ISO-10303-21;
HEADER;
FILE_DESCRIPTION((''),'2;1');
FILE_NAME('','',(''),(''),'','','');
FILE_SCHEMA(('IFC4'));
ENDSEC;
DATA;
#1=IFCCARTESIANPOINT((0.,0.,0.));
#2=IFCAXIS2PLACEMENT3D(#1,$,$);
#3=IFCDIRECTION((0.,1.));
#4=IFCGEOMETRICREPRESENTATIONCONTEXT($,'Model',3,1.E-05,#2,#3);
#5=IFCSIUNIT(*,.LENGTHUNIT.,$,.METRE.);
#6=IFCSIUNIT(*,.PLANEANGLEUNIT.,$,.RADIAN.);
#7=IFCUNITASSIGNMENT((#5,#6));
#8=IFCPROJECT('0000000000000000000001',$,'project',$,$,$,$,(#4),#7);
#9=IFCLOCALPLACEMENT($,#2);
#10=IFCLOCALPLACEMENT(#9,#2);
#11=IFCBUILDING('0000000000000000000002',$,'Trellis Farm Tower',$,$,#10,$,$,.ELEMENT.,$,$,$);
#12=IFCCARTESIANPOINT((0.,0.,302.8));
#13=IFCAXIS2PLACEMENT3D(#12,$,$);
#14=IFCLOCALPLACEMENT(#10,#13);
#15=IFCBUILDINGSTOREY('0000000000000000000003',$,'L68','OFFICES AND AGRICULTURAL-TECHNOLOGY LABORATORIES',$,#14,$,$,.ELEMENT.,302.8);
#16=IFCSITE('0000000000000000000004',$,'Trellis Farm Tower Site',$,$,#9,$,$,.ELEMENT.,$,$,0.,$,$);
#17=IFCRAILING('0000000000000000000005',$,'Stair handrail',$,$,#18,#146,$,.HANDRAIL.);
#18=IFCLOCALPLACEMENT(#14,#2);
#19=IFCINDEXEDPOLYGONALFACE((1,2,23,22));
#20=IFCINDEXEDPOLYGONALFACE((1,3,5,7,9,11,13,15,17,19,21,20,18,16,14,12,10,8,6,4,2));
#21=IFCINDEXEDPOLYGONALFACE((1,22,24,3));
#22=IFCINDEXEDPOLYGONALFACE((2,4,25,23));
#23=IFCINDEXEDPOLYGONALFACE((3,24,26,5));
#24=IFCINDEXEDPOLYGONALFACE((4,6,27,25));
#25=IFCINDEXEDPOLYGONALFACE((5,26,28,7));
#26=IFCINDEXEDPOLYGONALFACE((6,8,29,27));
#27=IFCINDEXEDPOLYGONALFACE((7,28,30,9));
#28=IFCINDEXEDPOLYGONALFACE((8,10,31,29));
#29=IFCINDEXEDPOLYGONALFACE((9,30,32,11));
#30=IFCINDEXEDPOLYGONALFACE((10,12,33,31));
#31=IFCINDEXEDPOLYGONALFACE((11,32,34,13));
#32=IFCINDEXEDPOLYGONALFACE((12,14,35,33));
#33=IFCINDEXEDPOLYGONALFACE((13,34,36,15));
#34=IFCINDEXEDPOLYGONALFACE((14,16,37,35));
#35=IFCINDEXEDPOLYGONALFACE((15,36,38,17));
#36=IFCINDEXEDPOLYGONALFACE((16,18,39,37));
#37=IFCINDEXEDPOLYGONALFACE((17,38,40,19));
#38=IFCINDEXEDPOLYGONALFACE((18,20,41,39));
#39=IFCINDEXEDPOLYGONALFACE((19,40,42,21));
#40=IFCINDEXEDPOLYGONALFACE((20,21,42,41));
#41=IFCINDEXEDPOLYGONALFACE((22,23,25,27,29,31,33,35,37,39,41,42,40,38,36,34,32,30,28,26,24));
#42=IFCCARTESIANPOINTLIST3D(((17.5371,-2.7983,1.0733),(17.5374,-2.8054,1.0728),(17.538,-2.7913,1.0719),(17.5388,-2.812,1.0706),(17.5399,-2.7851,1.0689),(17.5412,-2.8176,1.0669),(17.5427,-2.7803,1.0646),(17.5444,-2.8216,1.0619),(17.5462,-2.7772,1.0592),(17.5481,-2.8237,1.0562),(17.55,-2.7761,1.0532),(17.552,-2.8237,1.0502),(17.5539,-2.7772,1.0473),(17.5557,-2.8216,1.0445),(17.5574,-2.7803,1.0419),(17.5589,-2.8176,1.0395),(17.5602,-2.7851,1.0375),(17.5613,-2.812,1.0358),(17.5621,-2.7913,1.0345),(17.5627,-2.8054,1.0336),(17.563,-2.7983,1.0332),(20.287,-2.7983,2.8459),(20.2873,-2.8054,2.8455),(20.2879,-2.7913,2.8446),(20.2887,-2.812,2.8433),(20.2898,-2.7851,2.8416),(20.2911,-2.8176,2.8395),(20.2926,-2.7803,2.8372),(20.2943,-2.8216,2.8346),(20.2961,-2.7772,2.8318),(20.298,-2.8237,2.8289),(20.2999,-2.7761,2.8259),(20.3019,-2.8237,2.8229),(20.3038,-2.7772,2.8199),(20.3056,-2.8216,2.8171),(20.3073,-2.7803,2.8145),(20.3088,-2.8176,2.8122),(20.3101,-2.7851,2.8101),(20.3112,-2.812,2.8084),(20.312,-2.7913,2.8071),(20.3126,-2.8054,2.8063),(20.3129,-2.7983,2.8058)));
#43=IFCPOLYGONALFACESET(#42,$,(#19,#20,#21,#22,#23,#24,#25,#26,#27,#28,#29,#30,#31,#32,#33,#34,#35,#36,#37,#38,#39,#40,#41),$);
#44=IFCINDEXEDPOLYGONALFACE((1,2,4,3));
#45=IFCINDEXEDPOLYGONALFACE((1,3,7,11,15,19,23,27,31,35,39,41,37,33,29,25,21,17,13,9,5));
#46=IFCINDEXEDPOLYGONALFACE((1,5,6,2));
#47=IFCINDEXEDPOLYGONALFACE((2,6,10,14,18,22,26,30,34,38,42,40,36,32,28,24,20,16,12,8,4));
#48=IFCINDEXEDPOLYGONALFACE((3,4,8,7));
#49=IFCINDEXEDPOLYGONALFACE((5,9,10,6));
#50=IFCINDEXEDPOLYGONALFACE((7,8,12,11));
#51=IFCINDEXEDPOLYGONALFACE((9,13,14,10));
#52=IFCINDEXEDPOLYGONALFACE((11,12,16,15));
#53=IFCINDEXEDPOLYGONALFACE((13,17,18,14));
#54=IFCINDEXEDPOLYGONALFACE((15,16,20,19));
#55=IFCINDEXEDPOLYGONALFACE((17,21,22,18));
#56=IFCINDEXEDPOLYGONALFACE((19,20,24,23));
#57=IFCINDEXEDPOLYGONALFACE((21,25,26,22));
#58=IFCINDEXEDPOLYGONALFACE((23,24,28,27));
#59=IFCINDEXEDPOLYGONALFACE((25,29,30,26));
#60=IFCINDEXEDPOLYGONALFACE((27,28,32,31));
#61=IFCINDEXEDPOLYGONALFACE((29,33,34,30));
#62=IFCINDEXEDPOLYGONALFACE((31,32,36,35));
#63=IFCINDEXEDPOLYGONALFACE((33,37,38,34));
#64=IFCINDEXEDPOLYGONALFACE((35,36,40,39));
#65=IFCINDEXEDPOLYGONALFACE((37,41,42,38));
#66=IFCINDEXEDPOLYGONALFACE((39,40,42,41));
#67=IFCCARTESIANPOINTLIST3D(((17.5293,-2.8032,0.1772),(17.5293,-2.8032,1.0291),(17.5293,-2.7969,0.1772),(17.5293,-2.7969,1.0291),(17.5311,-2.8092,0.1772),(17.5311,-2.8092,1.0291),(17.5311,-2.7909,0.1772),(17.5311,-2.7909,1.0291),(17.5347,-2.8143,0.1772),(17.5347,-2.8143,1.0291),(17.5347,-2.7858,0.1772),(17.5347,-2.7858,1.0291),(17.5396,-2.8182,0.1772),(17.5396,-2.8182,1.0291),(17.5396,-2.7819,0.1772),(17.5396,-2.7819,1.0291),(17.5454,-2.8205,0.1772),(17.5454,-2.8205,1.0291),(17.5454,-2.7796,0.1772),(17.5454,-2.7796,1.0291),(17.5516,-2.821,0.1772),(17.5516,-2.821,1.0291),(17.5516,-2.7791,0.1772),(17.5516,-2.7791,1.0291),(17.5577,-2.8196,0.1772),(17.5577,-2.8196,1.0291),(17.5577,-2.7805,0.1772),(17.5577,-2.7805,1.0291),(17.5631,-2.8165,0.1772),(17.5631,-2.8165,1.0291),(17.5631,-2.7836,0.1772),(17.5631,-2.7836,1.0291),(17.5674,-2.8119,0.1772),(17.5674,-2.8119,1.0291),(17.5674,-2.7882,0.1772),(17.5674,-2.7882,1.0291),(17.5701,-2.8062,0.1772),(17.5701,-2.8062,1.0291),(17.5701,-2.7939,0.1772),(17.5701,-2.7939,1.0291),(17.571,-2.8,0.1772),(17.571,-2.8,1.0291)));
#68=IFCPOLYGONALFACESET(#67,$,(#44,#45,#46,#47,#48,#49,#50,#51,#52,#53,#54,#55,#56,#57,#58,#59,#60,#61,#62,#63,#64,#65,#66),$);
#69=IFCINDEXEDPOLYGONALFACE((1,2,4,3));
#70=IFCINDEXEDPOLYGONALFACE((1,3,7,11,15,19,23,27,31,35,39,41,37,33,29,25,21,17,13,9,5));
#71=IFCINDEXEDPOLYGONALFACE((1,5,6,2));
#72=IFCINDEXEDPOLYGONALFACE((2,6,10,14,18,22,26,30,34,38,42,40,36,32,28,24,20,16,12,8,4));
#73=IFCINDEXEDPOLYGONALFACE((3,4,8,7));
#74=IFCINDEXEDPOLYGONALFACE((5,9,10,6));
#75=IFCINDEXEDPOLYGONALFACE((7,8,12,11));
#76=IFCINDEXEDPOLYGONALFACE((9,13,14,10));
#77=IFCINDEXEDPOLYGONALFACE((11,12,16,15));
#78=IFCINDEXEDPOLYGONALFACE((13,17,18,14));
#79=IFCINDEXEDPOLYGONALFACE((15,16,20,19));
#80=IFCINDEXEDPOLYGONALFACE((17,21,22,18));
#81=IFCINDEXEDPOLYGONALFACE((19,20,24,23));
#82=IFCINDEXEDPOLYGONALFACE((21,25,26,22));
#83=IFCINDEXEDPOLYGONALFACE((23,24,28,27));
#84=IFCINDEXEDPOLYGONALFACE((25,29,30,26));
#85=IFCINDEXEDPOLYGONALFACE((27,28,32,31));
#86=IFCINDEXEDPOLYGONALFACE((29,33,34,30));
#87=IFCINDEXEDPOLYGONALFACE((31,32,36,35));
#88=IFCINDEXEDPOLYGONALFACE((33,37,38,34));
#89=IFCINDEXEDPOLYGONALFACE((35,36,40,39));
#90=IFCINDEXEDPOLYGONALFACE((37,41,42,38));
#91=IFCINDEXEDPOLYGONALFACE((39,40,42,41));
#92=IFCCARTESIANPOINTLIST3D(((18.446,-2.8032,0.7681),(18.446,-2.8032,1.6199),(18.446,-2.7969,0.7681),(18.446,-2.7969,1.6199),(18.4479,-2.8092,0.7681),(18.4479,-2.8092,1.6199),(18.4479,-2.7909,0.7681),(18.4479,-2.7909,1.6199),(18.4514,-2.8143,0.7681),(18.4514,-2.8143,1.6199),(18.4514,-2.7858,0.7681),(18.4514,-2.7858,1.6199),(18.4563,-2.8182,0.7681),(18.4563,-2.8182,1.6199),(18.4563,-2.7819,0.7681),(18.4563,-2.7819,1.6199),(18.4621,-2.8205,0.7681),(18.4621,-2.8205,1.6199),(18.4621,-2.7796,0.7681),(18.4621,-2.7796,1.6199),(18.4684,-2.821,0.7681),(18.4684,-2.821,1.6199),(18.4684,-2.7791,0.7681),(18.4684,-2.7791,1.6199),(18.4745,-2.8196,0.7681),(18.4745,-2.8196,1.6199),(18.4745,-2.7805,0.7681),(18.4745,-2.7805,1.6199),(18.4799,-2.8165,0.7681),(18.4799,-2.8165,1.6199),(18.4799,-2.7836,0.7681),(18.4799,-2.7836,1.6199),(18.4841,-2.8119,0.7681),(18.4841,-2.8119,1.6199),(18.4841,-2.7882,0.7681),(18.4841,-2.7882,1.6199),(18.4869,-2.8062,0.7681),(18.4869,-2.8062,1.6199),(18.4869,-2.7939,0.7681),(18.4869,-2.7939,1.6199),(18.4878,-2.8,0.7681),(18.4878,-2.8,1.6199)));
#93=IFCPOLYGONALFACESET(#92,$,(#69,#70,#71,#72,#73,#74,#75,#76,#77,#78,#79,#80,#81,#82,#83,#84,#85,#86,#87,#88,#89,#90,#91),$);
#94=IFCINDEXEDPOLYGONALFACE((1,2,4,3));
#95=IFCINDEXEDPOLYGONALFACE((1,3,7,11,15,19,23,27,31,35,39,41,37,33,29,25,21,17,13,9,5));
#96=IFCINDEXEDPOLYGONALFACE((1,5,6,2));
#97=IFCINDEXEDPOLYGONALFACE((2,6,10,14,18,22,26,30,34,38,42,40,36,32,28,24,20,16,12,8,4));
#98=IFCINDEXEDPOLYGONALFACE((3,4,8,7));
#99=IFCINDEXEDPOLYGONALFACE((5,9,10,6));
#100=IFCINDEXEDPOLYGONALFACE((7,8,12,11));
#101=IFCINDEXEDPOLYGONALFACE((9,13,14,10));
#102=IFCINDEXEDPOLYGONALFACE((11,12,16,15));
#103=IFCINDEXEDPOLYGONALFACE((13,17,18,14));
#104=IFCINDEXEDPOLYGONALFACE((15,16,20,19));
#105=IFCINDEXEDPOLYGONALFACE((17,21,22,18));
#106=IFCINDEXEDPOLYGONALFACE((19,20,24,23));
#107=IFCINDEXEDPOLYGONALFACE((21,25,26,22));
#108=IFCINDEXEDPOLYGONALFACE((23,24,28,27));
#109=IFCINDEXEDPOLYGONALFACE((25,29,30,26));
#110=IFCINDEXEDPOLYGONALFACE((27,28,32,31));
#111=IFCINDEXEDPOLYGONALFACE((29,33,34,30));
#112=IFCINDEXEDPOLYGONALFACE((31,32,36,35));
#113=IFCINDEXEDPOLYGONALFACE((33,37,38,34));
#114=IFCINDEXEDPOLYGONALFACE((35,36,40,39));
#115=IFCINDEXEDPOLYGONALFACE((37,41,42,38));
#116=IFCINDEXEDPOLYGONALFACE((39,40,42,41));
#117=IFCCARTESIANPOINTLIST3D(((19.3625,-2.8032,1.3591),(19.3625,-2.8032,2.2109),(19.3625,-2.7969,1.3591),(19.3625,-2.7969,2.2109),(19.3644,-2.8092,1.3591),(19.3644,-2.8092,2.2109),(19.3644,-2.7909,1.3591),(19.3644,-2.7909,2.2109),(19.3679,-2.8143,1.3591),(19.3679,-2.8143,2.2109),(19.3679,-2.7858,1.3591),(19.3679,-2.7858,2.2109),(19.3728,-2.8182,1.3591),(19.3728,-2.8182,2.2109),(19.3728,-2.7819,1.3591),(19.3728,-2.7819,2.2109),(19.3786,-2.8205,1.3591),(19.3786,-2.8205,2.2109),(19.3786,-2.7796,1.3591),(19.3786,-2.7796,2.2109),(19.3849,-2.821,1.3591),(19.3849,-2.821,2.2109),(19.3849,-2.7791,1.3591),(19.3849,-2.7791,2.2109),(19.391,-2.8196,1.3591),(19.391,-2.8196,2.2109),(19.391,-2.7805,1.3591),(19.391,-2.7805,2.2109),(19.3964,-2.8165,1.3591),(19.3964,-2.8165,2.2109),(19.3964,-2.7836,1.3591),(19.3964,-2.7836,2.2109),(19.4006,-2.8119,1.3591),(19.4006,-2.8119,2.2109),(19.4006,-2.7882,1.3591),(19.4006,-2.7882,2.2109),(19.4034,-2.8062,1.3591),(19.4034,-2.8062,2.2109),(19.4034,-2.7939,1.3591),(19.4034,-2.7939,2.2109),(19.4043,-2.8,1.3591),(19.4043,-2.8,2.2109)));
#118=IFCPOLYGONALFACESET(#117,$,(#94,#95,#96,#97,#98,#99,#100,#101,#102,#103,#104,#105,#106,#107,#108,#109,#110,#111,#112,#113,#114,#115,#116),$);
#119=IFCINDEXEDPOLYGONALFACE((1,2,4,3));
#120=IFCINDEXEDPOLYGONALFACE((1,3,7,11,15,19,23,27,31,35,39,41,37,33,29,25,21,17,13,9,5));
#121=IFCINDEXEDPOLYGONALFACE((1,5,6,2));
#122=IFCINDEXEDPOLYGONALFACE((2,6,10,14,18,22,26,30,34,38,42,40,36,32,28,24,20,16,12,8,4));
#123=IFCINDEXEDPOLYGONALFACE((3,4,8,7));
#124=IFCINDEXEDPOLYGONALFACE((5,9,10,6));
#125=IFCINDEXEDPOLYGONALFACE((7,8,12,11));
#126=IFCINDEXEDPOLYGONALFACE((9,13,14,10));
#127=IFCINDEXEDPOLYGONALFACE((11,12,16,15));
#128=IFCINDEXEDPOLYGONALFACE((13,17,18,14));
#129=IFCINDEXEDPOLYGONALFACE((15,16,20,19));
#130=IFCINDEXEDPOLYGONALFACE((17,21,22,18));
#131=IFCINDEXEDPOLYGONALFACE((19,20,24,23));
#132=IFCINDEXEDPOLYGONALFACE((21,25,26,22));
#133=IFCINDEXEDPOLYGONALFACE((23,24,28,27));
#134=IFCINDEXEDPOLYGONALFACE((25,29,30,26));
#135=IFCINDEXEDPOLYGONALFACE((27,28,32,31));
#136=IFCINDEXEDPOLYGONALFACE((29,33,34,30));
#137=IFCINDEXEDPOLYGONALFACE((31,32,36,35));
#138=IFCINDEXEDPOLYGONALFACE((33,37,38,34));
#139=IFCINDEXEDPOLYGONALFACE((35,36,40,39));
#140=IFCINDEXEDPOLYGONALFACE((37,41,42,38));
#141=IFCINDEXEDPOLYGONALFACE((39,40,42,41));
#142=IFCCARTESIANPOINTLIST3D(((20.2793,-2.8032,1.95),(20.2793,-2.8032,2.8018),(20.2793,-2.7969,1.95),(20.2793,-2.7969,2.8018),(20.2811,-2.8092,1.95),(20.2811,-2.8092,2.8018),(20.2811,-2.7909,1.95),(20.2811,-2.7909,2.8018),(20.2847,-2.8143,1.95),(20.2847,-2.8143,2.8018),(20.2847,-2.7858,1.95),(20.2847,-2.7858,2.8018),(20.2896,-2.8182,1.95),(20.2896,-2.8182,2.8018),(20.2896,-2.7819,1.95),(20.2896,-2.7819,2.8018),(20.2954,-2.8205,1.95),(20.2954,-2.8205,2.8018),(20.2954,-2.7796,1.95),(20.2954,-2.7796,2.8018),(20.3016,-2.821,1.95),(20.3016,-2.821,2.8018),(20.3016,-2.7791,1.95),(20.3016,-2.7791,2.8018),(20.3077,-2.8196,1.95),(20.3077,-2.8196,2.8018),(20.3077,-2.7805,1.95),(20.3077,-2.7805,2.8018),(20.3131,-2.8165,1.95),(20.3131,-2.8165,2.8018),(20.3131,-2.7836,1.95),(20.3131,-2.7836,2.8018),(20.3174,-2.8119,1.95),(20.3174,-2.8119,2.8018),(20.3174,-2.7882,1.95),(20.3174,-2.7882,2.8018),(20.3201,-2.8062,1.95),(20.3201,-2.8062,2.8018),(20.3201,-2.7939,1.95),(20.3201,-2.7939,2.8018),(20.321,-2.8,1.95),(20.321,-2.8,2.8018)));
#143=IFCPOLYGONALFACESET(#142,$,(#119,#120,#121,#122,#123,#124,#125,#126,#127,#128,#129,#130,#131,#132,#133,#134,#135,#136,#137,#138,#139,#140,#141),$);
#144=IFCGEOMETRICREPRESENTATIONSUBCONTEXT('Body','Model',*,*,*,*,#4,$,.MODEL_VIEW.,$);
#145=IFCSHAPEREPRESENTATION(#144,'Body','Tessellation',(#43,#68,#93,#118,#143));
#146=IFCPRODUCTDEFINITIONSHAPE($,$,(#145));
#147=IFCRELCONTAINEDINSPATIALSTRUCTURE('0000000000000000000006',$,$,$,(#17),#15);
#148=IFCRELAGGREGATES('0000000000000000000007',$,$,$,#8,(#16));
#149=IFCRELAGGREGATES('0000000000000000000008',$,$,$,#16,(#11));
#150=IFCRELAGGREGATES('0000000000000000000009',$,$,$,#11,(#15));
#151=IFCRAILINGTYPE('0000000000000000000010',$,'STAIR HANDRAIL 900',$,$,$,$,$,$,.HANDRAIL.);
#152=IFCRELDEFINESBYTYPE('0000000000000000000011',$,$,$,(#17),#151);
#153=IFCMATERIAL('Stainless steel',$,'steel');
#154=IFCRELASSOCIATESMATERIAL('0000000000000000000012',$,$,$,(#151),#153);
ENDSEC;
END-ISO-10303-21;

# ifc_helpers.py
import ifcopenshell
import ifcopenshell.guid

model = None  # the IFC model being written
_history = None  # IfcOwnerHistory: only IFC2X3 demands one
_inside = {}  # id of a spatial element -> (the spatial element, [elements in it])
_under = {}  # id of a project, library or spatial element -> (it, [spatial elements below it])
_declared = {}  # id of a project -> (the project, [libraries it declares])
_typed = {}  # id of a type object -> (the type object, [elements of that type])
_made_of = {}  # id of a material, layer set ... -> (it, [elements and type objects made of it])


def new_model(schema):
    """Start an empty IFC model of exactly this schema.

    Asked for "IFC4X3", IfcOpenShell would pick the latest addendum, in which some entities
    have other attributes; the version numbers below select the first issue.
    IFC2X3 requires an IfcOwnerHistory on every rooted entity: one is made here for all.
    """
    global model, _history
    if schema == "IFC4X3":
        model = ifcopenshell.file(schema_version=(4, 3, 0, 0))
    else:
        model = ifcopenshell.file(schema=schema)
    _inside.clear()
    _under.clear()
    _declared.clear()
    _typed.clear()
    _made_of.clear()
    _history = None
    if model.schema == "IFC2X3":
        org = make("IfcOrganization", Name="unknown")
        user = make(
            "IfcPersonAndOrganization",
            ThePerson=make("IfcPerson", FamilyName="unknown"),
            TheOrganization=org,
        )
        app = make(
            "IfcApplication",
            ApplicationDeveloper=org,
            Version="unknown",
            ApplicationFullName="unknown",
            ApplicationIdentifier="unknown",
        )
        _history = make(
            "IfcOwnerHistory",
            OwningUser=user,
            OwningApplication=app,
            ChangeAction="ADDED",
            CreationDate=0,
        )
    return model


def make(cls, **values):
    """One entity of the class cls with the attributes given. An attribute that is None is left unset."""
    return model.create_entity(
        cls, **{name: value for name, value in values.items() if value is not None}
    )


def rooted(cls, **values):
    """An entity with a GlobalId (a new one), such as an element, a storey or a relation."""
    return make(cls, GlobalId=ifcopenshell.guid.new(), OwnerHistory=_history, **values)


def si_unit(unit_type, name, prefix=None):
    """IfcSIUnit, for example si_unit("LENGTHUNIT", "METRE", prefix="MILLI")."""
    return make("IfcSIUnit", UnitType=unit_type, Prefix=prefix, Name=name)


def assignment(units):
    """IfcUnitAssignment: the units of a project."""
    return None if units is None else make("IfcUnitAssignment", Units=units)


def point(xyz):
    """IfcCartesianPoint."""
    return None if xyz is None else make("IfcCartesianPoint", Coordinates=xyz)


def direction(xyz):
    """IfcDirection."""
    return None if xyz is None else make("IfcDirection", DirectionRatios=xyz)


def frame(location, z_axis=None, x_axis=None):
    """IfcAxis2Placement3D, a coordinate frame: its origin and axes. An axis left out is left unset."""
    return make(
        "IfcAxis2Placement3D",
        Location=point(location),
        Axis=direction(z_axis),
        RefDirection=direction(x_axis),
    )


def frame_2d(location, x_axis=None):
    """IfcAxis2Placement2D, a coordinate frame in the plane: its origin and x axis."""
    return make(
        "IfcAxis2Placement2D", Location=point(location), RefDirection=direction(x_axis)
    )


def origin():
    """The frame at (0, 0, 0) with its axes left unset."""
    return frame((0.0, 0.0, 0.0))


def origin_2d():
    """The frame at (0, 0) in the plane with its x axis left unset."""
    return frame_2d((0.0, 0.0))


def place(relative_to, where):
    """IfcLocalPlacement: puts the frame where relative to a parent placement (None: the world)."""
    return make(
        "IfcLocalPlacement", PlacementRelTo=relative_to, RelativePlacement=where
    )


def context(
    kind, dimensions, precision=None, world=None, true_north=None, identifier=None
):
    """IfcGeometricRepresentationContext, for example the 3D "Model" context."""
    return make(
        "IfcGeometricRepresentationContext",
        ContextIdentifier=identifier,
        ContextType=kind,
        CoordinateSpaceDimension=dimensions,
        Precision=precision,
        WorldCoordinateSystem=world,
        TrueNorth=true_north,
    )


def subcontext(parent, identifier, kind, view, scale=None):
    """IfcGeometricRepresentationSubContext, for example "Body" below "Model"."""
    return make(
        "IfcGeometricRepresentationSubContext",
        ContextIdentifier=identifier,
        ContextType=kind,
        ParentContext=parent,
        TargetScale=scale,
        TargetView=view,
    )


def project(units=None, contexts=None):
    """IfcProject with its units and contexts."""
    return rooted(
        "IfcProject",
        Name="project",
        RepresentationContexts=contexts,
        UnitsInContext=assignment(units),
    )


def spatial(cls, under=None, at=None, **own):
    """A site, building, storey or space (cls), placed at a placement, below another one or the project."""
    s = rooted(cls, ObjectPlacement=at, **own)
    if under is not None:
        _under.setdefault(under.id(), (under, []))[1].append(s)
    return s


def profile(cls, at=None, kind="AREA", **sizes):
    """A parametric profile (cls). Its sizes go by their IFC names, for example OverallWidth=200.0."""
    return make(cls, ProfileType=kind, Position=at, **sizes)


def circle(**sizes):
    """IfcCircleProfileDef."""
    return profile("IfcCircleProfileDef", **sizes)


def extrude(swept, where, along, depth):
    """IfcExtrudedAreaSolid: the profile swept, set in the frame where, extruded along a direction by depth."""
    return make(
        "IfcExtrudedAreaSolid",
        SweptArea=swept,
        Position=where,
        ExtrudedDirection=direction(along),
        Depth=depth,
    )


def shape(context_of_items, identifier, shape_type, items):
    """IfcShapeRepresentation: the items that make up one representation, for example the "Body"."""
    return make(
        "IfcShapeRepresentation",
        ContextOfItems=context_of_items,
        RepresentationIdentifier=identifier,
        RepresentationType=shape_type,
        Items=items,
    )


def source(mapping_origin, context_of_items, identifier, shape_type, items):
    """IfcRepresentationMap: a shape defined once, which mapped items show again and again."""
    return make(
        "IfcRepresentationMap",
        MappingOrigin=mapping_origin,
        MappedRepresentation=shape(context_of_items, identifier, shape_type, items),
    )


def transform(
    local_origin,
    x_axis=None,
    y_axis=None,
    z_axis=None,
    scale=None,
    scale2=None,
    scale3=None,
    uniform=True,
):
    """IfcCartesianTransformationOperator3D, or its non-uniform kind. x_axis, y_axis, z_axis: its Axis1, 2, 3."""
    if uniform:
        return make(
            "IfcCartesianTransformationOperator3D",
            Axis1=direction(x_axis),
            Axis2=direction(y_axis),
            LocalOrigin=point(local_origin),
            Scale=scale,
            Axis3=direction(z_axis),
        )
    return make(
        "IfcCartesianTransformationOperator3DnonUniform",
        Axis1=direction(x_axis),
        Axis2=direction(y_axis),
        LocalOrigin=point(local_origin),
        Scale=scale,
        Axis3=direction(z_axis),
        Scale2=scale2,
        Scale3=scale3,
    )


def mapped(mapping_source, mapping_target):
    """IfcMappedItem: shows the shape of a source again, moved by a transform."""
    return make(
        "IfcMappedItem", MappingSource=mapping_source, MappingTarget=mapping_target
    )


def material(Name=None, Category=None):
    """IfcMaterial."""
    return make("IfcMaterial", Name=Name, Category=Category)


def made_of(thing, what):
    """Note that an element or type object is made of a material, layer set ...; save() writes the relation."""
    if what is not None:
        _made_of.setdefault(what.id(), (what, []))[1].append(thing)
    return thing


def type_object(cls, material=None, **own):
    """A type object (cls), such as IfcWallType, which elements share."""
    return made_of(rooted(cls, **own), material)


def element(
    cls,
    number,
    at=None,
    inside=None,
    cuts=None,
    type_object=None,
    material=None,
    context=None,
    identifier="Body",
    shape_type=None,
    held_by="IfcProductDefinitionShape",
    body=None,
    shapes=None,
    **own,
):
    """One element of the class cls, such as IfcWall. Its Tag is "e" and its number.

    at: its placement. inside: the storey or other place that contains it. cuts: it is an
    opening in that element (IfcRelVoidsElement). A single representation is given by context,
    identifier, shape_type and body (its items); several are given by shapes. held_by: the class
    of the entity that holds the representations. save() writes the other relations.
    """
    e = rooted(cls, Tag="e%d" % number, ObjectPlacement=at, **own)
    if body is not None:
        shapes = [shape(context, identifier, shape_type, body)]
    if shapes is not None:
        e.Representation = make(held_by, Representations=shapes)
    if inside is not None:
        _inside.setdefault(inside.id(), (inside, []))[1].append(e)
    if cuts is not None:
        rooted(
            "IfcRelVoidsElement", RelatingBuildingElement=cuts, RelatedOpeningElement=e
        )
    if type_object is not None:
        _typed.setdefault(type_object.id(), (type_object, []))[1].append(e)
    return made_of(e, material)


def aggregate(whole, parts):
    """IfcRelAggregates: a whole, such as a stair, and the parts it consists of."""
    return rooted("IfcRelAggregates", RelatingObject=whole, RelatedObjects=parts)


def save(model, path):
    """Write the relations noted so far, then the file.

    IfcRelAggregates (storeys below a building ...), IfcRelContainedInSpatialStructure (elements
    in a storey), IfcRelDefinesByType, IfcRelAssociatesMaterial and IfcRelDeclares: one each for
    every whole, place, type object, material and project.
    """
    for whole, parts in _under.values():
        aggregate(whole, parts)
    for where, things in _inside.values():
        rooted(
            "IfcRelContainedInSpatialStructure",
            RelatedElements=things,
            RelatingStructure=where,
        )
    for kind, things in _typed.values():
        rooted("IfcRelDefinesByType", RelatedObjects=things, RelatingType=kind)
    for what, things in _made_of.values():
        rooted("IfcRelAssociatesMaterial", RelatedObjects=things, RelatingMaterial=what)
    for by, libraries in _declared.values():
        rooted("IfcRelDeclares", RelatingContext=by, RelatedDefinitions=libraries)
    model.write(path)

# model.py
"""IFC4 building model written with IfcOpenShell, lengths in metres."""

from ifc_helpers import new_model, si_unit, direction, frame, origin, origin_2d, place, context, subcontext, project, spatial, circle, extrude, source, transform, mapped, material, type_object, element, save


model = new_model("IFC4")

# Units and contexts
model_context = context("Model", 3, precision=1e-05, world=origin(), true_north=direction((0.0, 1.0)))
body_context = subcontext(model_context, "Body", "Model", "MODEL_VIEW")
ifc_project = project(units=[si_unit("LENGTHUNIT", "METRE"), si_unit("PLANEANGLEUNIT", "RADIAN")], contexts=[model_context])

# Site, building, storey
site_placement = place(None, origin())
site = spatial("IfcSite", under=ifc_project, at=site_placement, Name="Trellis Farm Tower Site", CompositionType="ELEMENT", RefElevation=0.0)
building_placement = place(site_placement, origin())
building = spatial("IfcBuilding", under=site, at=building_placement, Name="Trellis Farm Tower", CompositionType="ELEMENT")
storey_placement = place(building_placement, frame((0.0, 0.0, 302.8)))
storey = spatial("IfcBuildingStorey", under=building, at=storey_placement, Name="L68", Description="OFFICES AND AGRICULTURAL-TECHNOLOGY LABORATORIES", CompositionType="ELEMENT", Elevation=302.8)

# Railing
ifc_material_1 = material(Name="Stainless steel", Category="steel")
railing_type = type_object("IfcRailingType", Name="STAIR HANDRAIL 900", PredefinedType="HANDRAIL", material=ifc_material_1)
shared_shape_1 = source(origin(), body_context, "Body", "SweptSolid", [
    extrude(circle(Radius=0.0239, at=origin_2d()), frame((0.0, 0.0, 0.876), z_axis=(0.840504, 0.0, 0.541806), x_axis=(0.0, 1.0, 0.0)), (0.0, 0.0, 1.0), 3.2717),
    extrude(circle(Radius=0.021, at=origin_2d()), origin(), (0.0, 0.0, 1.0), 0.8518),
    extrude(circle(Radius=0.021, at=origin_2d()), frame((0.9167, 0.0, 0.5908)), (0.0, 0.0, 1.0), 0.8518),
    extrude(circle(Radius=0.021, at=origin_2d()), frame((1.8333, 0.0, 1.1819)), (0.0, 0.0, 1.0), 0.8518),
    extrude(circle(Radius=0.021, at=origin_2d()), frame((2.75, 0.0, 1.7727)), (0.0, 0.0, 1.0), 0.8518),
])
for number, where, name in (
    (1, (17.55, -2.8, 0.1772), "Stair handrail"),
):
    element("IfcRailing", number, at=place(storey_placement, frame(where)), inside=storey, type_object=railing_type, Name=name, PredefinedType="HANDRAIL", context=body_context, shape_type="MappedRepresentation", body=[
        mapped(shared_shape_1, transform((0.0, 0.0, 0.0))),
    ])

save(model, "model.ifc")
